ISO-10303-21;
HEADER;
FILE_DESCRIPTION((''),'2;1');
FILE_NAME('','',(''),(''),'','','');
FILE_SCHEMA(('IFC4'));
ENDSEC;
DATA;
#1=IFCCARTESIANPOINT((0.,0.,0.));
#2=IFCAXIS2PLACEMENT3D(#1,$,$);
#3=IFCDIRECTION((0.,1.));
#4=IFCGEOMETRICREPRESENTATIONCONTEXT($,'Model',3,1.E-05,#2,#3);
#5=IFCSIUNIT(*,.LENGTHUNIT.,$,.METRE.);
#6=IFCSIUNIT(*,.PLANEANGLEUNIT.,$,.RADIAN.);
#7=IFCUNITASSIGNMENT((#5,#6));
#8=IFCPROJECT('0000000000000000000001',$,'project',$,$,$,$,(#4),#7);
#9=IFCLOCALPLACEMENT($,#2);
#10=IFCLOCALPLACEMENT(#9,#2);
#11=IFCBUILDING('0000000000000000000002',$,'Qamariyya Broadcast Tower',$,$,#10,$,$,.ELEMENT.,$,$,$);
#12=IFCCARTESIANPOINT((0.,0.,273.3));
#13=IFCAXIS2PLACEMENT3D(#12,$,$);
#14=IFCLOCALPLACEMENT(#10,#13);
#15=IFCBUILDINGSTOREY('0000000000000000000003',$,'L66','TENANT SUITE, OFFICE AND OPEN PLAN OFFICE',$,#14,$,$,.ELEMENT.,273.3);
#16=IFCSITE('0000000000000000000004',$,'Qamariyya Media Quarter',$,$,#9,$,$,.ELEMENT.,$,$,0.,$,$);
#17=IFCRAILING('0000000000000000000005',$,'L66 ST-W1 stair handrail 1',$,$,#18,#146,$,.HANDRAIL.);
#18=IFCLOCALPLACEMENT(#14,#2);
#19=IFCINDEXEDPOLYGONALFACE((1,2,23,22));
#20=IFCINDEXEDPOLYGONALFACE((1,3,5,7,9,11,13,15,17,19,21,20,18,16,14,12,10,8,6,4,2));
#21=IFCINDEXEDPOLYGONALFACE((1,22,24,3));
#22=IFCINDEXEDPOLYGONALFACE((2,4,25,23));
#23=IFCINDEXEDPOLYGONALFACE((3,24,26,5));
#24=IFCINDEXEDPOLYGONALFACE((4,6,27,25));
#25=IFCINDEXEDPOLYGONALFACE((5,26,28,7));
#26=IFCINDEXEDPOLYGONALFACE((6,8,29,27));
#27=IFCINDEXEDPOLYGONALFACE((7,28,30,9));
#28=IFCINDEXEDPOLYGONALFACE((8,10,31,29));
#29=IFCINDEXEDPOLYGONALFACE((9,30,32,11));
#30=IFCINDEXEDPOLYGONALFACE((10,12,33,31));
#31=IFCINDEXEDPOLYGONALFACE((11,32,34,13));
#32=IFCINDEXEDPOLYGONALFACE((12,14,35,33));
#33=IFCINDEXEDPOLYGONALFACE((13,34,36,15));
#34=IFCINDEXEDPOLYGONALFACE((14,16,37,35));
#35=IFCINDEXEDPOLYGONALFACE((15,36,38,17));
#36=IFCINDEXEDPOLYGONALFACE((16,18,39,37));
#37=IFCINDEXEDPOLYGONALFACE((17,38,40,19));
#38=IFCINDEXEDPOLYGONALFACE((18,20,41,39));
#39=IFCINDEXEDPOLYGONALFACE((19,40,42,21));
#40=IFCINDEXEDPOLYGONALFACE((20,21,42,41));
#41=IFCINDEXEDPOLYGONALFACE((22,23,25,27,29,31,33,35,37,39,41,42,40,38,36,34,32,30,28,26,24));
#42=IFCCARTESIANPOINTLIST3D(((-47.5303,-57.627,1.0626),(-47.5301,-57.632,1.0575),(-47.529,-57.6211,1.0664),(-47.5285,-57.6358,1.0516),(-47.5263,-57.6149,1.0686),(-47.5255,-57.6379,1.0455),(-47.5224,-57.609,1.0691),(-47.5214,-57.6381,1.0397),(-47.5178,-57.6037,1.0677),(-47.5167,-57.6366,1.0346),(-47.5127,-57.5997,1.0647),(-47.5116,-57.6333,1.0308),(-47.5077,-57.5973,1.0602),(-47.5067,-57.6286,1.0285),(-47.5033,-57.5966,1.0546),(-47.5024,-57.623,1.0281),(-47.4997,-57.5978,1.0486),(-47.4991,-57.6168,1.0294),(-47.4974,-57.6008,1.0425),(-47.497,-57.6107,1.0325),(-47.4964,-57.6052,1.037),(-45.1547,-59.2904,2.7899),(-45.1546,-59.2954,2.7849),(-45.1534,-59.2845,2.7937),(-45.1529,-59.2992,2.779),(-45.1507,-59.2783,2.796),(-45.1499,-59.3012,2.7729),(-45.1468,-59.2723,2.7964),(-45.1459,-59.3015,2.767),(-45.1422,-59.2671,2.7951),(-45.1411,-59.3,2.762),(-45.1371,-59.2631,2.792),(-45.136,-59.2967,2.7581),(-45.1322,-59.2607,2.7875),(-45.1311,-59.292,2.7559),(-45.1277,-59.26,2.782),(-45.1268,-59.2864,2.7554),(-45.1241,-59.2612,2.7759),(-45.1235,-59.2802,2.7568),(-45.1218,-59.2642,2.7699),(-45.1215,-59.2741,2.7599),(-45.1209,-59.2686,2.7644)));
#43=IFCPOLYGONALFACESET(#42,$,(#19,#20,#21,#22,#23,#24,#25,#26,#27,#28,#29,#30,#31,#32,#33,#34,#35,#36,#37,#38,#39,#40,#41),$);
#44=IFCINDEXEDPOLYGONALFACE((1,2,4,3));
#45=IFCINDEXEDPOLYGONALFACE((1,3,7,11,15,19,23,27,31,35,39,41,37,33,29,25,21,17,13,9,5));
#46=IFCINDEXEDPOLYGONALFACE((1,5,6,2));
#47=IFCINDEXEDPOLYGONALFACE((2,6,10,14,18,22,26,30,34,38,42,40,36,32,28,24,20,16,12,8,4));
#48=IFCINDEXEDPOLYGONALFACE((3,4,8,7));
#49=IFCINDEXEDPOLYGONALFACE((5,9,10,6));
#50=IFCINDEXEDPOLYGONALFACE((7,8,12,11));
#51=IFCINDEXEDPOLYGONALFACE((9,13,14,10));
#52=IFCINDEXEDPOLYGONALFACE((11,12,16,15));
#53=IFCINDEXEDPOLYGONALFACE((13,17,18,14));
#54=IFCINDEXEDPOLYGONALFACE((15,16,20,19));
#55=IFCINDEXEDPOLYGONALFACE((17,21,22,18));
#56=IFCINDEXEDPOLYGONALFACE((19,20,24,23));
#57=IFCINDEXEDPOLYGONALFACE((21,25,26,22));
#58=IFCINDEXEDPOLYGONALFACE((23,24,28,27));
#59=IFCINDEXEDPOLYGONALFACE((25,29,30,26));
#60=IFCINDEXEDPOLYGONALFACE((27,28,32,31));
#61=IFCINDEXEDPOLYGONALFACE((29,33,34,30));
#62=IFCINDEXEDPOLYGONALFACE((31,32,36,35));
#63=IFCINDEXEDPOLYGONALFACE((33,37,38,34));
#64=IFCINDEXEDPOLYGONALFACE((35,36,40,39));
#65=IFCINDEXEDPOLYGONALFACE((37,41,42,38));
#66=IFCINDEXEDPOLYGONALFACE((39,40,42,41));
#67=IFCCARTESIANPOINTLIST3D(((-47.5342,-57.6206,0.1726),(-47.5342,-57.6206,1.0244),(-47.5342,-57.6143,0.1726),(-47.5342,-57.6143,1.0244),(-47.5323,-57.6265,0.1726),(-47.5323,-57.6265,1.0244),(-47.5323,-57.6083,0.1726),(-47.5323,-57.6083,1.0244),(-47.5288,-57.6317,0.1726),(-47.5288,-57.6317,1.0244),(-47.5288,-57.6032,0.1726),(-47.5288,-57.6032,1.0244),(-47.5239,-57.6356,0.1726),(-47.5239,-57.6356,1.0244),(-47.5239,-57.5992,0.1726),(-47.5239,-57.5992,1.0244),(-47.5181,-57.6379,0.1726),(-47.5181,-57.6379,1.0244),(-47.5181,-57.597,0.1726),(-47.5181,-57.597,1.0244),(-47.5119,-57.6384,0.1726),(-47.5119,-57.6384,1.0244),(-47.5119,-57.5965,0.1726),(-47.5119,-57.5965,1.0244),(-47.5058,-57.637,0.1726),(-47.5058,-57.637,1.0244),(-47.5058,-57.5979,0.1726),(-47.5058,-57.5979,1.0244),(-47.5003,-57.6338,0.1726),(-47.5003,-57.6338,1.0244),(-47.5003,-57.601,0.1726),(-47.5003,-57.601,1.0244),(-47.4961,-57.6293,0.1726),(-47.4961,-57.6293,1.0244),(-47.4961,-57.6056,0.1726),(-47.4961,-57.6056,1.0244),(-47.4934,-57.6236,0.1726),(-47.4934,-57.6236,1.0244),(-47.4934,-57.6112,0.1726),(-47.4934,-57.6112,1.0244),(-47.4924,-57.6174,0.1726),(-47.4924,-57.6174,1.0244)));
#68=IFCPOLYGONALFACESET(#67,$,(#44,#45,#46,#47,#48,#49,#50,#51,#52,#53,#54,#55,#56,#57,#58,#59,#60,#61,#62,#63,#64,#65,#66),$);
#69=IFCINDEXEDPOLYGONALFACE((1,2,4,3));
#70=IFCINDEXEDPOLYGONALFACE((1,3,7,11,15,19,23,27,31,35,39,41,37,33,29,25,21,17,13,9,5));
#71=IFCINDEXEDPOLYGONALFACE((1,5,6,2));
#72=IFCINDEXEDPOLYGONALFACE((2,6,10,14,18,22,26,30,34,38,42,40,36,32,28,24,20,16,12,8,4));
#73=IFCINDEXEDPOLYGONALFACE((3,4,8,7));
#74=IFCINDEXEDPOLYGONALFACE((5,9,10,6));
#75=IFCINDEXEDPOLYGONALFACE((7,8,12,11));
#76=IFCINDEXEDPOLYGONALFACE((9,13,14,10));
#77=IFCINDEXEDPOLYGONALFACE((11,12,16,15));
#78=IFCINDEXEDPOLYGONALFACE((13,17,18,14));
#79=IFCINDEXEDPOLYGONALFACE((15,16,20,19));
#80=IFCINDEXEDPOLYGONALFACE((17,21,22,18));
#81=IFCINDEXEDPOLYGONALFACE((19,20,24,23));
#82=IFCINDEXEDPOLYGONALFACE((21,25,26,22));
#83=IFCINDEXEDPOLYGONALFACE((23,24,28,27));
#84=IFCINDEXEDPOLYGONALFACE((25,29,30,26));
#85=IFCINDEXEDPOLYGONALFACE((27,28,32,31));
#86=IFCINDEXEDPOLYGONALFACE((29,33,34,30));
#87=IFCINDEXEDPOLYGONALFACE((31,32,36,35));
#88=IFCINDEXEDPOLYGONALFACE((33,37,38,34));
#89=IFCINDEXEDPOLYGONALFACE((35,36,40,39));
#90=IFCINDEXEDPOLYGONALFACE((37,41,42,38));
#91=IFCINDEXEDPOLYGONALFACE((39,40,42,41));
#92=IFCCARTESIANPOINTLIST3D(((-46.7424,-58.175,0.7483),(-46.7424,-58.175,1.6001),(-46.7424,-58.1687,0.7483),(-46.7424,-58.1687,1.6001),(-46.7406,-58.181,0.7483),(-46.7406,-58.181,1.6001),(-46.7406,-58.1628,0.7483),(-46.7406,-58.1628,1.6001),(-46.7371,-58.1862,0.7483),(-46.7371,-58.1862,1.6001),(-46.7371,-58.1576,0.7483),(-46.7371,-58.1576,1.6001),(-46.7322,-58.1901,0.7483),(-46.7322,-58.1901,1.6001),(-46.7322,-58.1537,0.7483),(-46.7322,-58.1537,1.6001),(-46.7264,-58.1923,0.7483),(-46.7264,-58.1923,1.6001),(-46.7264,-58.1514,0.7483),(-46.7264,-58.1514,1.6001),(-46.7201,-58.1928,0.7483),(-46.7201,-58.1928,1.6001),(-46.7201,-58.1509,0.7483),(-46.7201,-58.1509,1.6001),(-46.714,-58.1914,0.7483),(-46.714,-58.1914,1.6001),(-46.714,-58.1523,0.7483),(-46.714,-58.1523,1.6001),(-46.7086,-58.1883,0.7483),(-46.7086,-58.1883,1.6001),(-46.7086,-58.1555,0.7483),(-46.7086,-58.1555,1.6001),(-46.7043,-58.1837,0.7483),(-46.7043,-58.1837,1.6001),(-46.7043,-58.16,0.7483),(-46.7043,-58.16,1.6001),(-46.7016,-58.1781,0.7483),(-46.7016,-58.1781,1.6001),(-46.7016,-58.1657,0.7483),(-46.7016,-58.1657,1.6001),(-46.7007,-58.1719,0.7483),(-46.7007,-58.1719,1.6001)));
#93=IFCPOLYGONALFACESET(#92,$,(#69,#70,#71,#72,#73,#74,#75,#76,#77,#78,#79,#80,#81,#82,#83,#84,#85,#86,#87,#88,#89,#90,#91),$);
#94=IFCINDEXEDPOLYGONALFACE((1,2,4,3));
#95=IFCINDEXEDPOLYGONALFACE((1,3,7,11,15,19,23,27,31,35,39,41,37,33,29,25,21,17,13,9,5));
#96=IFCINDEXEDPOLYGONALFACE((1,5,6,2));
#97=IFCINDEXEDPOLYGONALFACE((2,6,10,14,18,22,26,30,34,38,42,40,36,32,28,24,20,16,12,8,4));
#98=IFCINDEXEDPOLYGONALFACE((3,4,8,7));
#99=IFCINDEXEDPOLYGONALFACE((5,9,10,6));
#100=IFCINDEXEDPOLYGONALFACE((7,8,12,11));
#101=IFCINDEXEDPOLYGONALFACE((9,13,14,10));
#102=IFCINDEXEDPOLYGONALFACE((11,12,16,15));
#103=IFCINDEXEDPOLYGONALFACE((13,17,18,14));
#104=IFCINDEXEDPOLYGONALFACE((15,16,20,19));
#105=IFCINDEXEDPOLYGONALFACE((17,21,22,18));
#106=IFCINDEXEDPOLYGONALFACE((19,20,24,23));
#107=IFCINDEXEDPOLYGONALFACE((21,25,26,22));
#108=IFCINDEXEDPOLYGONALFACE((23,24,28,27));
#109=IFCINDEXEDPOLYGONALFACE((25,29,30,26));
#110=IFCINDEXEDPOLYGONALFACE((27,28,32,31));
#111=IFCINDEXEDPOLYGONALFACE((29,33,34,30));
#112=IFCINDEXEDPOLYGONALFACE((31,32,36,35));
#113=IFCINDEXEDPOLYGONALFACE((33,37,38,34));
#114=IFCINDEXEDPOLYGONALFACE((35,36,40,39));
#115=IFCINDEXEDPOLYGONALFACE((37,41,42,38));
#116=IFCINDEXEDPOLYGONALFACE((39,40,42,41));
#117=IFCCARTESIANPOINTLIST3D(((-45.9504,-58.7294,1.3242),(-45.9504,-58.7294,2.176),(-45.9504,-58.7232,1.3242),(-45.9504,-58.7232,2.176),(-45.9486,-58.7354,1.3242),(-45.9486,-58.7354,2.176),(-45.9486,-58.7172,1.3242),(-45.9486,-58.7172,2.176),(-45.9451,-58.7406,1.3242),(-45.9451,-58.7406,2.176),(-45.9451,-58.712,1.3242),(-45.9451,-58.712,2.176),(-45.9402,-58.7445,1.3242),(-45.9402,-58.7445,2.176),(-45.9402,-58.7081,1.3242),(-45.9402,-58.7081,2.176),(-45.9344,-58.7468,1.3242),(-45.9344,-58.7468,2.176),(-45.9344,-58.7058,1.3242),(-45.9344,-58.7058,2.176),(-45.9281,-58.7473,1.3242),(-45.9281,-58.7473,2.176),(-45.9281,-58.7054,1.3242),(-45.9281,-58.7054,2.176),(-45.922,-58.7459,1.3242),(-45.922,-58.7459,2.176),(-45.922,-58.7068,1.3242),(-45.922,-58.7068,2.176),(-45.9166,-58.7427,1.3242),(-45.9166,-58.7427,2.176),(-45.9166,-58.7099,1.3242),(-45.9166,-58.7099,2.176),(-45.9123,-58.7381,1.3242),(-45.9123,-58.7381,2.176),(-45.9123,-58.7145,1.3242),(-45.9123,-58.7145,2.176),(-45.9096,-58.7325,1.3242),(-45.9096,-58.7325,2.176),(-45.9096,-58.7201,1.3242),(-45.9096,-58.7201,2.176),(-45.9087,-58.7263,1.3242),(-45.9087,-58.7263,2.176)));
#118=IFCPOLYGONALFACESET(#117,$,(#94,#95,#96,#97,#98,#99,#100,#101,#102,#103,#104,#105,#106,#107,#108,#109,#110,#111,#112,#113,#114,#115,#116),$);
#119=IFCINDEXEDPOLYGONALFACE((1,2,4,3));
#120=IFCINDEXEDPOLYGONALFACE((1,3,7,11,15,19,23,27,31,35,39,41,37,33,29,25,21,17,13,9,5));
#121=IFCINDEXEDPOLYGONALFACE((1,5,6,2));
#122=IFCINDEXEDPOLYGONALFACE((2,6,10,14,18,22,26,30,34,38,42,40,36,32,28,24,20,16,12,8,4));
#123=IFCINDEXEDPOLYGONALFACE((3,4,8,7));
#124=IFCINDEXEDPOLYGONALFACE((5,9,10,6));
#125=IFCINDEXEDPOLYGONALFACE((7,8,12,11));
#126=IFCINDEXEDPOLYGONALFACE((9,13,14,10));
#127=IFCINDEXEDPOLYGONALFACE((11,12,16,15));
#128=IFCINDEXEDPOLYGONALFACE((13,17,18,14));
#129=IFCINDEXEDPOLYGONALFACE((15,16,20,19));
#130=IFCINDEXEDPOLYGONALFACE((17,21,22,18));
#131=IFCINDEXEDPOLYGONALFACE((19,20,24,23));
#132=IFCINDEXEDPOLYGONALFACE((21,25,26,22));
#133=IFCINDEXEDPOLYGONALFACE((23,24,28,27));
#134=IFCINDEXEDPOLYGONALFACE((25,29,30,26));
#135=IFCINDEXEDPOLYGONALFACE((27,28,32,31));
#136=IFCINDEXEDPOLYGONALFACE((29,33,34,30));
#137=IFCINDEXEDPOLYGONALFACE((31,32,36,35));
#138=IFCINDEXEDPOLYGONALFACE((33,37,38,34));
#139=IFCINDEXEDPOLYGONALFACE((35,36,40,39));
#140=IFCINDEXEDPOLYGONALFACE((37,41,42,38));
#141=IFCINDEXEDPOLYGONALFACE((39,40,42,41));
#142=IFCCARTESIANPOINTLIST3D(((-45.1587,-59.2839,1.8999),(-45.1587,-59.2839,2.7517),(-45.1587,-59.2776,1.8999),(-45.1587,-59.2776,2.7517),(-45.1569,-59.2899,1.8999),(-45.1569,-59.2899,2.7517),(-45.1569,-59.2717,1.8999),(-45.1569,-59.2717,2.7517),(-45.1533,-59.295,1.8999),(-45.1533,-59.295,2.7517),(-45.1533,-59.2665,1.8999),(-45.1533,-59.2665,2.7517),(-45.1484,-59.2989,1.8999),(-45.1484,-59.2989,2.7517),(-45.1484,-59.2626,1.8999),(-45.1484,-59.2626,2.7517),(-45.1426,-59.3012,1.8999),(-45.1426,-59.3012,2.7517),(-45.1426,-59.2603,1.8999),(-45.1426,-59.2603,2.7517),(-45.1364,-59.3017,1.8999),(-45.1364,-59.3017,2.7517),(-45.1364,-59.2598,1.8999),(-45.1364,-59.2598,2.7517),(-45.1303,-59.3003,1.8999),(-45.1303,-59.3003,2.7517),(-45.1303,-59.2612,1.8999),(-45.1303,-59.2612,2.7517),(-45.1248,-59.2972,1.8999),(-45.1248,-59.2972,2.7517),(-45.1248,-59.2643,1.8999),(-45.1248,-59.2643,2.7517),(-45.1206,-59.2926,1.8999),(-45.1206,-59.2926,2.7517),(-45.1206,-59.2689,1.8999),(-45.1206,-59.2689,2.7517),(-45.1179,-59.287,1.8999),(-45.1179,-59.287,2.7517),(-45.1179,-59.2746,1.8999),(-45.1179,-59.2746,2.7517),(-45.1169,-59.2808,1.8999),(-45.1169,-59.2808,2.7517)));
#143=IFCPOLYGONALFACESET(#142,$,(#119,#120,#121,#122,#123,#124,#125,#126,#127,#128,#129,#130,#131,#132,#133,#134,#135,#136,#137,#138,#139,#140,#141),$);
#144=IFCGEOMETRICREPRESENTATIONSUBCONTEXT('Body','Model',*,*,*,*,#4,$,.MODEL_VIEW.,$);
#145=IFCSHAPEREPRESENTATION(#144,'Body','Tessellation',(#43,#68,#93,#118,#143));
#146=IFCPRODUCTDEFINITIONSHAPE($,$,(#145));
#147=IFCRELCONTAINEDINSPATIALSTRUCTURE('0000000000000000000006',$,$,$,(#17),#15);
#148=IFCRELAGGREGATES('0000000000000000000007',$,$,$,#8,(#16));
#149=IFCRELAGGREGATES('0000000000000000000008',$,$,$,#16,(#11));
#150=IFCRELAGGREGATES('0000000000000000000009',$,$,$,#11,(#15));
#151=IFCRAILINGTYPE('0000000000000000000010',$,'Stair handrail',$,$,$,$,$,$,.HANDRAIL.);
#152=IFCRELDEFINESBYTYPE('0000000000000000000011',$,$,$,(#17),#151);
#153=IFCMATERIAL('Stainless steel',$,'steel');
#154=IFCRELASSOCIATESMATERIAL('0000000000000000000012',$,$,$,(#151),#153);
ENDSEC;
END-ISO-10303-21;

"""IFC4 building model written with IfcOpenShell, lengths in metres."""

from ifc_helpers import new_model, si_unit, direction, frame, origin, origin_2d, place, context, subcontext, project, spatial, circle, extrude, material, type_object, element, save


model = new_model("IFC4")

# Units and contexts
model_context = context("Model", 3, precision=1e-05, world=origin(), true_north=direction((0.0, 1.0)))
body_context = subcontext(model_context, "Body", "Model", "MODEL_VIEW")
ifc_project = project(units=[si_unit("LENGTHUNIT", "METRE"), si_unit("PLANEANGLEUNIT", "RADIAN")], contexts=[model_context])

# Site, building, storey
site_placement = place(None, origin())
site = spatial("IfcSite", under=ifc_project, at=site_placement, Name="Qamariyya Media Quarter", CompositionType="ELEMENT", RefElevation=0.0)
building_placement = place(site_placement, origin())
building = spatial("IfcBuilding", under=site, at=building_placement, Name="Qamariyya Broadcast Tower", CompositionType="ELEMENT")
storey_placement = place(building_placement, frame((0.0, 0.0, 273.3)))
storey = spatial("IfcBuildingStorey", under=building, at=storey_placement, Name="L66", Description="TENANT SUITE, OFFICE AND OPEN PLAN OFFICE", CompositionType="ELEMENT", Elevation=273.3)

# Railing
ifc_material_1 = material(Name="Stainless steel", Category="steel")
railing_type_1 = type_object("IfcRailingType", Name="Stair handrail", PredefinedType="HANDRAIL", material=ifc_material_1)
railing_1_placement = place(storey_placement, frame((-47.5134, -57.6174, 0.1726)))
element("IfcRailing", 1, at=railing_1_placement, inside=storey, type_object=railing_type_1, Name="L66 ST-W1 stair handrail 1", PredefinedType="HANDRAIL", context=body_context, shape_type="SweptSolid", body=[
    extrude(circle(Radius=0.0239, at=origin_2d()), frame((0.0, 0.0, 0.876), z_axis=(0.70377, -0.492784, 0.511734), x_axis=(0.573575, 0.819153, 0.0)), (0.0, 0.0, 1.0), 3.3755),
    extrude(circle(Radius=0.021, at=origin_2d()), origin(), (0.0, 0.0, 1.0), 0.8518),
    extrude(circle(Radius=0.021, at=origin_2d()), frame((0.7917, -0.5544, 0.5757)), (0.0, 0.0, 1.0), 0.8518),
    extrude(circle(Radius=0.021, at=origin_2d()), frame((1.5837, -1.1089, 1.1516)), (0.0, 0.0, 1.0), 0.8518),
    extrude(circle(Radius=0.021, at=origin_2d()), frame((2.3755, -1.6633, 1.7273)), (0.0, 0.0, 1.0), 0.8518),
])

save(model, "model.ifc")
